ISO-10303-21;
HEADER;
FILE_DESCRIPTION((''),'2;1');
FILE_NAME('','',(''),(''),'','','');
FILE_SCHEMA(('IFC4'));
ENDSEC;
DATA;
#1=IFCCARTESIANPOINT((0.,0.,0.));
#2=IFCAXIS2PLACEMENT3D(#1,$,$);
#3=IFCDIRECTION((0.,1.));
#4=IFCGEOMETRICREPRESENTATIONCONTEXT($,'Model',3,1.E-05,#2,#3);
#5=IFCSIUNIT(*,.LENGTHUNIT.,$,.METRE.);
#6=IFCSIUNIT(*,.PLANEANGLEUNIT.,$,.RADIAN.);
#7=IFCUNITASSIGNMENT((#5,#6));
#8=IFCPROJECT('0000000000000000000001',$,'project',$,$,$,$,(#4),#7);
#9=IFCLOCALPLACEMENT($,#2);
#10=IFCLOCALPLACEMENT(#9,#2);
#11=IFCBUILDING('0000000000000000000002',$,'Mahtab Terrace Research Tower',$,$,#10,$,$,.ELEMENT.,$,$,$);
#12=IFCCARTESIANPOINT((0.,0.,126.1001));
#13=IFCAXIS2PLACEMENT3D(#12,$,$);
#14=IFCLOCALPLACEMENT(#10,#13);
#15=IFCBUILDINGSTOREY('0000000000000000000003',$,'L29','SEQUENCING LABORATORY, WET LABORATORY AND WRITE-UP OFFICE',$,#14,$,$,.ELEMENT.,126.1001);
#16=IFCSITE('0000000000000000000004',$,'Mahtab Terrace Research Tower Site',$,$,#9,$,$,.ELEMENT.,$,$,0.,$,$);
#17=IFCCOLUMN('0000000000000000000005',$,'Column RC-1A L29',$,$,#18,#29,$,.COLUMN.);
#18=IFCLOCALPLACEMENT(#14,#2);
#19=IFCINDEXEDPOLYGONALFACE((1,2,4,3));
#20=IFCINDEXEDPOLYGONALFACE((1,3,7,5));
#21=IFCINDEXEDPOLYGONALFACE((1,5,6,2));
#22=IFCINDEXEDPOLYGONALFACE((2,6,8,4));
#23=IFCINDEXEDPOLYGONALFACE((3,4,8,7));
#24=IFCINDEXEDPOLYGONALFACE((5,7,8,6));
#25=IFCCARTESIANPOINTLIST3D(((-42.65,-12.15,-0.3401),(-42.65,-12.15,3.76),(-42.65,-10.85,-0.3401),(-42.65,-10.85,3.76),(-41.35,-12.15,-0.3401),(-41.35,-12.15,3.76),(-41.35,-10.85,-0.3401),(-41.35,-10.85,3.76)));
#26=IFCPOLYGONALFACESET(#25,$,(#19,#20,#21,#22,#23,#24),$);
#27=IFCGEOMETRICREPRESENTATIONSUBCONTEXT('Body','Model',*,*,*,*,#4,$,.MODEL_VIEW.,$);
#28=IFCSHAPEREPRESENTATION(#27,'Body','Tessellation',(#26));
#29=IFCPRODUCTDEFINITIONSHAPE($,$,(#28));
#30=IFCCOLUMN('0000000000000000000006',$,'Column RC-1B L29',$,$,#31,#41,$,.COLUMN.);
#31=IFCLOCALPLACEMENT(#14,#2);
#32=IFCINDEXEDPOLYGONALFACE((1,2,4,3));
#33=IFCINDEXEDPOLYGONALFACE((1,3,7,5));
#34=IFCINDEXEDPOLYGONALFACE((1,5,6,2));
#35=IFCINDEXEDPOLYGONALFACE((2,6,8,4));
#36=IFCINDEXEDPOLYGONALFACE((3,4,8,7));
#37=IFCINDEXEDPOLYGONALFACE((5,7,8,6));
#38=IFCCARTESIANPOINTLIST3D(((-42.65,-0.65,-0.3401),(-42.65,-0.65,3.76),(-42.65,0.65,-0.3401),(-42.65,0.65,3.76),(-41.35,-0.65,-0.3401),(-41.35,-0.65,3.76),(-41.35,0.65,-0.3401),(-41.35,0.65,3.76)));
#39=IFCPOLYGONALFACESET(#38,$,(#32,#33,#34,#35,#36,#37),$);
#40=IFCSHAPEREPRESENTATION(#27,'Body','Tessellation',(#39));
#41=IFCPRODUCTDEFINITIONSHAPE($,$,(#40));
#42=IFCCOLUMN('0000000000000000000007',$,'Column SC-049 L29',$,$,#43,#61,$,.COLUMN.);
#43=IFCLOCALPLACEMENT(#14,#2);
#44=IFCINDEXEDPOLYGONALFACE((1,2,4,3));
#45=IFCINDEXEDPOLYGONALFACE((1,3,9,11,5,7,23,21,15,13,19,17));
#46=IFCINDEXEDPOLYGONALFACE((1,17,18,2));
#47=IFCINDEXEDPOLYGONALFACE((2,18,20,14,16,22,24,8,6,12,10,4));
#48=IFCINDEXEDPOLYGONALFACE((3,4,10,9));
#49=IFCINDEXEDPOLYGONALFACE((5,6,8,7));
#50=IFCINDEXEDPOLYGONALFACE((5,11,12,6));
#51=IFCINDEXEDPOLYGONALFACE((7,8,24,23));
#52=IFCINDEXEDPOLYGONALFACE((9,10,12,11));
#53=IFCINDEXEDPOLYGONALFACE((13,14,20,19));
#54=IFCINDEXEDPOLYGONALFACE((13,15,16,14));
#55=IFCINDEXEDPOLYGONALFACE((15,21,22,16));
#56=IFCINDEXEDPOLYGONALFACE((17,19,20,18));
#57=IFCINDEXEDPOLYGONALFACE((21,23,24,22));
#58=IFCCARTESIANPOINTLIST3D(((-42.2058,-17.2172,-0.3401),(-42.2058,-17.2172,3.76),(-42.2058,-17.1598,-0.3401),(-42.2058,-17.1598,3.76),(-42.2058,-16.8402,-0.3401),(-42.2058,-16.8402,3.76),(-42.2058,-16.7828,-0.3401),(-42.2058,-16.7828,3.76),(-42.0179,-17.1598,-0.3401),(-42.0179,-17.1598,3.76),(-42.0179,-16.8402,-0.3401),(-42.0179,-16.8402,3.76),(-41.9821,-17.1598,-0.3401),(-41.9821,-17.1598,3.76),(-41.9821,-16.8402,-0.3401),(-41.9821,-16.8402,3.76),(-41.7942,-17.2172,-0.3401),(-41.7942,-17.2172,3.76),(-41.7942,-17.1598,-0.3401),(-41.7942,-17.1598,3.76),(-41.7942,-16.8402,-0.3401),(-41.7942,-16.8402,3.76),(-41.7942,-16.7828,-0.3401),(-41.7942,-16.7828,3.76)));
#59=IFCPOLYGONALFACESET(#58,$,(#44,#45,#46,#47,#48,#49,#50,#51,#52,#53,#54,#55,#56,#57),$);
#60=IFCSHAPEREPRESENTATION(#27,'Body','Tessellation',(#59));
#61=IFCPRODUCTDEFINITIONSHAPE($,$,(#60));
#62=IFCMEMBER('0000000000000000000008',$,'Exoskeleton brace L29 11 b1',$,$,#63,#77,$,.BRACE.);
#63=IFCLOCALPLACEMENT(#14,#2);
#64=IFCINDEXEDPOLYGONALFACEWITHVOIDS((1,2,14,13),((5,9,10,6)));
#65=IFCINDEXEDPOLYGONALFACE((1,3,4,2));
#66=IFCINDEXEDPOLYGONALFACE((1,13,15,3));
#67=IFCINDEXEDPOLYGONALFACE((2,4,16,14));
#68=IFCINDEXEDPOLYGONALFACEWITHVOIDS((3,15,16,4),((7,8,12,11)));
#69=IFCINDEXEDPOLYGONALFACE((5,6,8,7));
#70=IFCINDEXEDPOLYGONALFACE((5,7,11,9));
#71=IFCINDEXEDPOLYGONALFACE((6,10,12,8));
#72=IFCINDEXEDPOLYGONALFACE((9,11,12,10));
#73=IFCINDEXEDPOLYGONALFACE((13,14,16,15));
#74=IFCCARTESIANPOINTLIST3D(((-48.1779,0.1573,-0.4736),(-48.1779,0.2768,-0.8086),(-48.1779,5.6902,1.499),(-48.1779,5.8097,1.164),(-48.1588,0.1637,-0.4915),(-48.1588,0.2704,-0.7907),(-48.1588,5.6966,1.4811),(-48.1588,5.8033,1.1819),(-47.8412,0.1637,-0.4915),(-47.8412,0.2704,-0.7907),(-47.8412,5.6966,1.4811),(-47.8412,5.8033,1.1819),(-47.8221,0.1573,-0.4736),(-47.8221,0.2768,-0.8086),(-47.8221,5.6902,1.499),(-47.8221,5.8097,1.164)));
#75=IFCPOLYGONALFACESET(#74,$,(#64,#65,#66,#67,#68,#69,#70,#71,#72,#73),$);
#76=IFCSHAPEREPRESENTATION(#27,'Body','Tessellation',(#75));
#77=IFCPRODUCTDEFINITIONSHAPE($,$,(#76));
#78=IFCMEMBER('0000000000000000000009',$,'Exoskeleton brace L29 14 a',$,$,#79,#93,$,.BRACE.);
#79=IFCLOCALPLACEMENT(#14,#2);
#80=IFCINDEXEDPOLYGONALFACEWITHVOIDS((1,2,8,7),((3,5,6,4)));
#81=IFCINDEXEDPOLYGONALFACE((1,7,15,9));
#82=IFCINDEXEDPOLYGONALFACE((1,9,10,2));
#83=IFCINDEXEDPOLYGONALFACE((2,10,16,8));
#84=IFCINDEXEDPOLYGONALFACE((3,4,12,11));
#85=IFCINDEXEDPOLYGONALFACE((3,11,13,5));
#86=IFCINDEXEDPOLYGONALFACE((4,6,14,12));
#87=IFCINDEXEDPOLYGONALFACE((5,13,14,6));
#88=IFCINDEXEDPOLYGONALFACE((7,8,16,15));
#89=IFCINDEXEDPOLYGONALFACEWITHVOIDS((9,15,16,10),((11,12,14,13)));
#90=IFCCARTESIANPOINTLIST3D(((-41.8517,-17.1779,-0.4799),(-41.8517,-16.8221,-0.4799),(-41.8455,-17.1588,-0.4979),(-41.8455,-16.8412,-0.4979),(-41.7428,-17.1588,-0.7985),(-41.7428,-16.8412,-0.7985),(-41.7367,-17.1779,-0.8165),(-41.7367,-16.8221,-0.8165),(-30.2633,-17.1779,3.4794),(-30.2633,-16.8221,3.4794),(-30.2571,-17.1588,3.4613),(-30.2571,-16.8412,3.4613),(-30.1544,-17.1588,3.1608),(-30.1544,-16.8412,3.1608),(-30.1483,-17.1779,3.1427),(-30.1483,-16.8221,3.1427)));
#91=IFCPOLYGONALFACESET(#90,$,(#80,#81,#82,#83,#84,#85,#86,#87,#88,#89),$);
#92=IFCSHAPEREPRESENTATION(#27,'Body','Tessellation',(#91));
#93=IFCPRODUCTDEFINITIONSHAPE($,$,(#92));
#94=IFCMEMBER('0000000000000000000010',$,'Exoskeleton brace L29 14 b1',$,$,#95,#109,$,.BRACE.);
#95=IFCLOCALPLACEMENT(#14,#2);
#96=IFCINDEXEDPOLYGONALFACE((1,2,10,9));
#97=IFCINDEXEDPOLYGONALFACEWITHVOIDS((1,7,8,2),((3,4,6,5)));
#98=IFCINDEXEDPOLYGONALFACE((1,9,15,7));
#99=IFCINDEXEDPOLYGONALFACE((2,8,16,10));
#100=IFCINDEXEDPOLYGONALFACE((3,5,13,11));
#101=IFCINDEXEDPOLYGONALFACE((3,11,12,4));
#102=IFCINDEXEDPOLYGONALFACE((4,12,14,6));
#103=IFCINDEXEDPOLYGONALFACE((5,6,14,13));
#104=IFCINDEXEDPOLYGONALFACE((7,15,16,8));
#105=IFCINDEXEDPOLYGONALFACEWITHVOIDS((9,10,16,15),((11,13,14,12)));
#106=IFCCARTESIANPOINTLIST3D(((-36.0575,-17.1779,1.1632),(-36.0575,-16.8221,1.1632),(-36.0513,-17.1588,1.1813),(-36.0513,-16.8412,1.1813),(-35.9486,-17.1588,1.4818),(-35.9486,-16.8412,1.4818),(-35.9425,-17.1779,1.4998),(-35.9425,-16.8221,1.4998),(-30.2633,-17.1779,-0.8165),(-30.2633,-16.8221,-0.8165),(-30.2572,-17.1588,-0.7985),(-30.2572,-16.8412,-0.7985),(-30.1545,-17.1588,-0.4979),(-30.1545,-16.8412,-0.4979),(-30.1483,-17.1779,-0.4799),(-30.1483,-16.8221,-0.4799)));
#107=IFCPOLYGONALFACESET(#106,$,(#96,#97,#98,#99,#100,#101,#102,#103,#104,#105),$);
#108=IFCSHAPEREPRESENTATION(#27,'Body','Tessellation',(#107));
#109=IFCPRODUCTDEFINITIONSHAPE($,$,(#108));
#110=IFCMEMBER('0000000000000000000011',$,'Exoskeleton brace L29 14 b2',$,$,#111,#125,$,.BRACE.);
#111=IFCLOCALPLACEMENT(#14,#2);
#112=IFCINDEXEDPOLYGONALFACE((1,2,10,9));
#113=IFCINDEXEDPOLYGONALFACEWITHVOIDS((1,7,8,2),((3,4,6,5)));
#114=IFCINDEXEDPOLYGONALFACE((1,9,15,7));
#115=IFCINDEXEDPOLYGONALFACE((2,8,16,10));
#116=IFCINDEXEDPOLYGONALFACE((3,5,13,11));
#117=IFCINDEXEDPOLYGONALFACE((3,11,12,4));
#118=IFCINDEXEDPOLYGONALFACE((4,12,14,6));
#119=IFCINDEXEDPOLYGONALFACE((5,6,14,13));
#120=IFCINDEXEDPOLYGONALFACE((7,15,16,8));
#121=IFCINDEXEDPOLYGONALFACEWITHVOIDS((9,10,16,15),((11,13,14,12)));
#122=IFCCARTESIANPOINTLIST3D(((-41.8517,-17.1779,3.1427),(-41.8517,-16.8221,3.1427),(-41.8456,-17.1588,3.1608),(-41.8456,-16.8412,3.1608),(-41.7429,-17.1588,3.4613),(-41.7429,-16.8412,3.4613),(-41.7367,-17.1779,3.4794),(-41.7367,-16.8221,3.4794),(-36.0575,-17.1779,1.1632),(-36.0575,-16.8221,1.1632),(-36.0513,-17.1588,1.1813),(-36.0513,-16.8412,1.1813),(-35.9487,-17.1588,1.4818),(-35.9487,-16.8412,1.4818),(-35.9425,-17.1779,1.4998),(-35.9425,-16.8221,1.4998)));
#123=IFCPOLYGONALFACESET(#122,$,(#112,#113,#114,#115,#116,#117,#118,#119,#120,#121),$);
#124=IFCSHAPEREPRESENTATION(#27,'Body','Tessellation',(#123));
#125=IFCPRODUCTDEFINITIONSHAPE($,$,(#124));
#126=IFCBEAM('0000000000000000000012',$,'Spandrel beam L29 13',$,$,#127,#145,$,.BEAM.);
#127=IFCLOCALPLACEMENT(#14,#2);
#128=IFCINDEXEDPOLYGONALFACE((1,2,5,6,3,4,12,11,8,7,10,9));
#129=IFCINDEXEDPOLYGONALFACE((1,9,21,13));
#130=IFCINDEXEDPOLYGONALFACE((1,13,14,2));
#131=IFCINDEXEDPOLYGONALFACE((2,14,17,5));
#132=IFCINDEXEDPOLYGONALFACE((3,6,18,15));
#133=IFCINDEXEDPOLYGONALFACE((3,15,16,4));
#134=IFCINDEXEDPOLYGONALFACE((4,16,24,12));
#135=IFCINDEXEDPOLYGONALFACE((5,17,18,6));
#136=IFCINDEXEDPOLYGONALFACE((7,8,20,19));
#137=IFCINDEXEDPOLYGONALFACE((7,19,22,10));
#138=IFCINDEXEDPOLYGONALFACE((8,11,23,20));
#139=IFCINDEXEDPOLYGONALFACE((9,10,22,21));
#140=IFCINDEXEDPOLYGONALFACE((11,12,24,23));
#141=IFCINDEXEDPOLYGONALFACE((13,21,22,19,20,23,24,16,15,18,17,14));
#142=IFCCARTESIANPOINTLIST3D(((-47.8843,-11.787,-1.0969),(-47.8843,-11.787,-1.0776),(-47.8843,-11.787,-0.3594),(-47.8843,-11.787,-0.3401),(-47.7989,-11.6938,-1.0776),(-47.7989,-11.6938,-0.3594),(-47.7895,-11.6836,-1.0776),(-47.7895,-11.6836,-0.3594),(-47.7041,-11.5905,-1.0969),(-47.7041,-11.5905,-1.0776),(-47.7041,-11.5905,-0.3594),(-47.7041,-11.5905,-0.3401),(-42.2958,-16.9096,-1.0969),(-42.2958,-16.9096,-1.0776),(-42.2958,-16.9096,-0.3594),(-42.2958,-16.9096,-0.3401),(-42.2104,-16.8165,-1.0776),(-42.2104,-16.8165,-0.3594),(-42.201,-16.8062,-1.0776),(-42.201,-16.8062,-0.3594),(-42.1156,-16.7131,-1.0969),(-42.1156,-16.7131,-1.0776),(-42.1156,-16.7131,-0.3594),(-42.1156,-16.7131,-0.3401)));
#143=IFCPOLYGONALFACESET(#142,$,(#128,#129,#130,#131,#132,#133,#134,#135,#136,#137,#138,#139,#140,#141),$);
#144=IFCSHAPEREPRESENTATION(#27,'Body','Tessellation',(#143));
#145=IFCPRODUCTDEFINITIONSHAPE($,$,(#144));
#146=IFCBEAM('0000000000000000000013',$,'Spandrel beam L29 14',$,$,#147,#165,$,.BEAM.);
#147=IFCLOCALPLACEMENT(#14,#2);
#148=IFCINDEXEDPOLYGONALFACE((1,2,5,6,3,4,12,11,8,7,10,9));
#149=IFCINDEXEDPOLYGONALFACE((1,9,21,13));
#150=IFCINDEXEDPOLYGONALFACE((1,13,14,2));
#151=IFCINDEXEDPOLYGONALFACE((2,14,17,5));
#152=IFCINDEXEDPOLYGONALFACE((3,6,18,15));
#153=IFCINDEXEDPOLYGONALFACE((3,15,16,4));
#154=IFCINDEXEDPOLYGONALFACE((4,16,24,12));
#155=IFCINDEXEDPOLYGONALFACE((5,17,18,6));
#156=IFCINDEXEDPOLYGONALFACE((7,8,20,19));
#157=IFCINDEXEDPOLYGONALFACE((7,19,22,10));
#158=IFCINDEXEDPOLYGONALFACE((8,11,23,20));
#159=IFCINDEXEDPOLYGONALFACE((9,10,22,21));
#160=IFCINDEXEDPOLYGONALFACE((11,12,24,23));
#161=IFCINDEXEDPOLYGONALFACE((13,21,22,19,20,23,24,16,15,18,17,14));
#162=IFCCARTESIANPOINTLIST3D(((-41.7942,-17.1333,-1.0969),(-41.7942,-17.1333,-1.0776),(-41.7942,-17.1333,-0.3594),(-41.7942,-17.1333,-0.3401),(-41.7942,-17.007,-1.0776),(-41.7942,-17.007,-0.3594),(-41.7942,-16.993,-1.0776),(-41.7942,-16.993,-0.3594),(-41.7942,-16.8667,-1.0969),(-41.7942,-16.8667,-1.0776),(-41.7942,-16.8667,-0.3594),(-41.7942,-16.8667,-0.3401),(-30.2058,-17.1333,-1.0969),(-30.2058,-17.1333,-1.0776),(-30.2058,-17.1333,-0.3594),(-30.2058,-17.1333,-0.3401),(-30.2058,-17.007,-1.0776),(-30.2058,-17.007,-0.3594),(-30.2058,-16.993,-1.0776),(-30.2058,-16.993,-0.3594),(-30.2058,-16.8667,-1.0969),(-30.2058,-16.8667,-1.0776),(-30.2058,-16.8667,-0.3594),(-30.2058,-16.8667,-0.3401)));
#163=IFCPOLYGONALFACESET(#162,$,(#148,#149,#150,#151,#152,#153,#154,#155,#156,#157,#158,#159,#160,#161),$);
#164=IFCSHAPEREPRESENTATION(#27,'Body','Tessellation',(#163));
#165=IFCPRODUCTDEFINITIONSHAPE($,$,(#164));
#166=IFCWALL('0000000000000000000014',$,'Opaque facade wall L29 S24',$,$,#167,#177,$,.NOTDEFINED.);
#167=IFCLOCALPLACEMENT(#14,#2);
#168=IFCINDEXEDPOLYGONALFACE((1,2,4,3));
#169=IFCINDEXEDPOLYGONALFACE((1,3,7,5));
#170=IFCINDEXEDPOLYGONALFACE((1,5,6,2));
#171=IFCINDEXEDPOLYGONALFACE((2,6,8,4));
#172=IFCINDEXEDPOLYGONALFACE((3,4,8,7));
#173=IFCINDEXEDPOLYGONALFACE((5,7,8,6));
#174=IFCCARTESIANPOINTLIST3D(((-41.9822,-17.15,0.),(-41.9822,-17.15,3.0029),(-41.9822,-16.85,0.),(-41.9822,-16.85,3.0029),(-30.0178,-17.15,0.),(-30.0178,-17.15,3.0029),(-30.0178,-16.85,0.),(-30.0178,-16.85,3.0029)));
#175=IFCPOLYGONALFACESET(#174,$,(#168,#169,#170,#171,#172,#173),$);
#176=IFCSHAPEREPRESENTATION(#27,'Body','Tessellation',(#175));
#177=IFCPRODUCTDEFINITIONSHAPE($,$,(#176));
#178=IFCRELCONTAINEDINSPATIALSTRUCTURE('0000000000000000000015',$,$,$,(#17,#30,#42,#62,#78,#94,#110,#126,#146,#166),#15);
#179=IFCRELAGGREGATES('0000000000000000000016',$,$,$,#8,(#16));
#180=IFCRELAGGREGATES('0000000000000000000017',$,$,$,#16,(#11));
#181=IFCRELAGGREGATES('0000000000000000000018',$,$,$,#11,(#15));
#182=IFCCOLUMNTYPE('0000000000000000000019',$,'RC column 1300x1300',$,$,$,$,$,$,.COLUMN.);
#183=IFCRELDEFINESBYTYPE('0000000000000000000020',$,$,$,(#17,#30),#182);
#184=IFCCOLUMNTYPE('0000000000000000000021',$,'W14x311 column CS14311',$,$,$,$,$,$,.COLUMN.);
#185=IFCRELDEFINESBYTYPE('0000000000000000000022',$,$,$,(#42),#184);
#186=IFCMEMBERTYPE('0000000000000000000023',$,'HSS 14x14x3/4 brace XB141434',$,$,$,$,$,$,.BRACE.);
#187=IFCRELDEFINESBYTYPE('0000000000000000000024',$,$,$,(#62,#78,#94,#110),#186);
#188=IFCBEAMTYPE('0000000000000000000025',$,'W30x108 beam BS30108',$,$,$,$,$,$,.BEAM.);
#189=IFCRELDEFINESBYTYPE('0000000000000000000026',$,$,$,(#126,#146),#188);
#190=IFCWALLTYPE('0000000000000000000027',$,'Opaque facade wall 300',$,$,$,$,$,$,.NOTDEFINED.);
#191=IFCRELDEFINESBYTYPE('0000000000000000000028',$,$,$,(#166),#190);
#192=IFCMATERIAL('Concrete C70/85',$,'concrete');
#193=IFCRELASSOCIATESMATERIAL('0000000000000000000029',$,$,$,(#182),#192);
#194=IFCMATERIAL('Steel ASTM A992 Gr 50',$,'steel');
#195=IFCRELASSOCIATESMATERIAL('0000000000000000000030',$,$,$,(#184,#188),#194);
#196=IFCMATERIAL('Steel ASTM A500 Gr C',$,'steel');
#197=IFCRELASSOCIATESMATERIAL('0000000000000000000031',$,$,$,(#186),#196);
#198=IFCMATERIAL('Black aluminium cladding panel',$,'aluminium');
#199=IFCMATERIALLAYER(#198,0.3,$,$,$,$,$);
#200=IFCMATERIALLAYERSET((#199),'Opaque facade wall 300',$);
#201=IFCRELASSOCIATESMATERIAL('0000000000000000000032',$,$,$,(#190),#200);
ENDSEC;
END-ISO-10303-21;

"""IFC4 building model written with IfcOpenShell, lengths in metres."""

from ifc_helpers import new_model, si_unit, direction, frame, frame_2d, origin, origin_2d, place, context, subcontext, project, spatial, rectangle, hollow_rectangle, i_section, extrude, material, layer, layer_set, material_profile, profile_set, type_object, element, save


model = new_model("IFC4")

# Units and contexts
model_context = context("Model", 3, precision=1e-05, world=origin(), true_north=direction((0.0, 1.0)))
body_context = subcontext(model_context, "Body", "Model", "MODEL_VIEW")
ifc_project = project(units=[si_unit("LENGTHUNIT", "METRE"), si_unit("PLANEANGLEUNIT", "RADIAN")], contexts=[model_context])

# Site, building, storey
site_placement = place(None, origin())
site = spatial("IfcSite", under=ifc_project, at=site_placement, Name="Mahtab Terrace Research Tower Site", CompositionType="ELEMENT", RefElevation=0.0)
building_placement = place(site_placement, origin())
building = spatial("IfcBuilding", under=site, at=building_placement, Name="Mahtab Terrace Research Tower", CompositionType="ELEMENT")
storey_placement = place(building_placement, frame((0.0, 0.0, 126.1001)))
storey = spatial("IfcBuildingStorey", under=building, at=storey_placement, Name="L29", Description="SEQUENCING LABORATORY, WET LABORATORY AND WRITE-UP OFFICE", CompositionType="ELEMENT", Elevation=126.1001)

# Columns
ifc_material_1 = material(Name="Concrete C70/85", Category="concrete")
ifc_material_profile_1 = material_profile(ifc_material_1, rectangle(XDim=1.3, YDim=1.3, at=origin_2d()), Name="RC column 1300x1300")
ifc_profile_set_1 = profile_set([ifc_material_profile_1], Name="Concrete C70/85")
column_type_1 = type_object("IfcColumnType", Name="RC column 1300x1300", PredefinedType="COLUMN", material=ifc_profile_set_1)
for number, where, z_axis, x_axis, name in (
    (1, (-42.0, -11.5, -0.3401), (0.0, 0.0, 1.0), (1.0, 0.0, 0.0), "Column RC-1A L29"),
    (2, (-42.0, 0.0, -0.3401), (0.0, 0.0, 1.0), (1.0, 0.0, 0.0), "Column RC-1B L29"),
):
    element("IfcColumn", number, at=place(storey_placement, frame(where, z_axis=z_axis, x_axis=x_axis)), inside=storey, type_object=column_type_1, Name=name, PredefinedType="COLUMN", context=body_context, shape_type="SweptSolid", body=[
        extrude(rectangle(XDim=1.3, YDim=1.3, at=origin_2d()), origin(), (0.0, 0.0, 1.0), 4.1001),
    ])
ifc_material_2 = material(Name="Steel ASTM A992 Gr 50", Category="steel")
ifc_material_profile_2 = material_profile(ifc_material_2, i_section(OverallWidth=0.4116, OverallDepth=0.4343, WebThickness=0.0359, FlangeThickness=0.0574, at=origin_2d()), Name="W14X311")
ifc_profile_set_2 = profile_set([ifc_material_profile_2], Name="Steel ASTM A992 Gr 50")
column_type_2 = type_object("IfcColumnType", Name="W14x311 column CS14311", PredefinedType="COLUMN", material=ifc_profile_set_2)
column_placement = place(storey_placement, frame((-42.0, -17.0, -0.3401), z_axis=(0.0, 0.0, 1.0), x_axis=(1.0, 0.0, 0.0)))
element("IfcColumn", 3, at=column_placement, inside=storey, type_object=column_type_2, Name="Column SC-049 L29", PredefinedType="COLUMN", context=body_context, shape_type="SweptSolid", body=[
    extrude(i_section(OverallWidth=0.4116, OverallDepth=0.4343, WebThickness=0.0359, FlangeThickness=0.0574, at=origin_2d()), origin(), (0.0, 0.0, 1.0), 4.1001),
])

# Members
ifc_material_3 = material(Name="Steel ASTM A500 Gr C", Category="steel")
ifc_material_profile_3 = material_profile(ifc_material_3, hollow_rectangle(XDim=0.3557, YDim=0.3557, WallThickness=0.019, at=origin_2d()), Name="HSS14X14X3/4")
ifc_profile_set_3 = profile_set([ifc_material_profile_3], Name="Steel ASTM A500 Gr C")
member_type = type_object("IfcMemberType", Name="HSS 14x14x3/4 brace XB141434", PredefinedType="BRACE", material=ifc_profile_set_3)
member_1_placement = place(storey_placement, frame((-48.0, 0.217, -0.6411), z_axis=(0.0, 0.941925, 0.335823), x_axis=(-1.0, 0.0, 0.0)))
element("IfcMember", 4, at=member_1_placement, inside=storey, type_object=member_type, Name="Exoskeleton brace L29 11 b1", PredefinedType="BRACE", context=body_context, shape_type="SweptSolid", body=[
    extrude(hollow_rectangle(XDim=0.3557, YDim=0.3557, WallThickness=0.019, at=origin_2d()), origin(), (0.0, 0.0, 1.0), 5.874),
])
member_2_placement = place(storey_placement, frame((-41.7942, -17.0, -0.6482), z_axis=(0.946294, 0.0, 0.323306), x_axis=(0.0, 1.0, 0.0)))
element("IfcMember", 5, at=member_2_placement, inside=storey, type_object=member_type, Name="Exoskeleton brace L29 14 a", PredefinedType="BRACE", context=body_context, shape_type="SweptSolid", body=[
    extrude(hollow_rectangle(XDim=0.3557, YDim=0.3557, WallThickness=0.019, at=origin_2d()), origin(), (0.0, 0.0, 1.0), 12.2461),
])
for number, where, z_axis, x_axis, name in (
    (6, (-30.2058, -17.0, -0.6482), (-0.946288, 0.0, 0.323324), (0.0, -1.0, 0.0), "Exoskeleton brace L29 14 b1"),
    (7, (-36.0, -17.0, 1.3315), (-0.9463, 0.0, 0.323288), (0.0, -1.0, 0.0), "Exoskeleton brace L29 14 b2"),
):
    element("IfcMember", number, at=place(storey_placement, frame(where, z_axis=z_axis, x_axis=x_axis)), inside=storey, type_object=member_type, Name=name, PredefinedType="BRACE", context=body_context, shape_type="SweptSolid", body=[
        extrude(hollow_rectangle(XDim=0.3557, YDim=0.3557, WallThickness=0.019, at=origin_2d()), origin(), (0.0, 0.0, 1.0), 6.123),
    ])

# Beams
ifc_material_profile_4 = material_profile(ifc_material_2, i_section(OverallWidth=0.2666, OverallDepth=0.7568, WebThickness=0.0139, FlangeThickness=0.0193, at=origin_2d()), Name="W30X108")
ifc_profile_set_4 = profile_set([ifc_material_profile_4], Name="Steel ASTM A992 Gr 50")
beam_type = type_object("IfcBeamType", Name="W30x108 beam BS30108", PredefinedType="BEAM", material=ifc_profile_set_4)
beam_1_placement = place(storey_placement, frame((-47.7942, -11.6887, -0.7185), z_axis=(0.737162, -0.675716, 0.0), x_axis=(0.675716, 0.737162, 0.0)))
element("IfcBeam", 8, at=beam_1_placement, inside=storey, type_object=beam_type, Name="Spandrel beam L29 13", PredefinedType="BEAM", context=body_context, shape_type="SweptSolid", body=[
    extrude(i_section(OverallWidth=0.2666, OverallDepth=0.7568, WebThickness=0.0139, FlangeThickness=0.0193, at=origin_2d()), origin(), (0.0, 0.0, 1.0), 7.5811),
])
beam_2_placement = place(storey_placement, frame((-41.7942, -17.0, -0.7185), z_axis=(1.0, 0.0, 0.0), x_axis=(0.0, 1.0, 0.0)))
element("IfcBeam", 9, at=beam_2_placement, inside=storey, type_object=beam_type, Name="Spandrel beam L29 14", PredefinedType="BEAM", context=body_context, shape_type="SweptSolid", body=[
    extrude(i_section(OverallWidth=0.2666, OverallDepth=0.7568, WebThickness=0.0139, FlangeThickness=0.0193, at=origin_2d()), origin(), (0.0, 0.0, 1.0), 11.5884),
])

# Wall
ifc_material_4 = material(Name="Black aluminium cladding panel", Category="aluminium")
ifc_layer_1 = layer(ifc_material_4, 0.3)
ifc_layer_set_1 = layer_set([ifc_layer_1], Name="Opaque facade wall 300")
wall_type_1 = type_object("IfcWallType", Name="Opaque facade wall 300", PredefinedType="NOTDEFINED", material=ifc_layer_set_1)
wall_1_placement = place(storey_placement, frame((-41.9822, -17.0, 0.0), z_axis=(0.0, 0.0, 1.0), x_axis=(1.0, 0.0, 0.0)))
element("IfcWall", 10, at=wall_1_placement, inside=storey, type_object=wall_type_1, Name="Opaque facade wall L29 S24", PredefinedType="NOTDEFINED", context=body_context, shape_type="SweptSolid", body=[
    extrude(rectangle(XDim=11.9644, YDim=0.3, at=frame_2d((5.9822, 0.0))), origin(), (0.0, 0.0, 1.0), 3.0029),
])

save(model, "model.ifc")
